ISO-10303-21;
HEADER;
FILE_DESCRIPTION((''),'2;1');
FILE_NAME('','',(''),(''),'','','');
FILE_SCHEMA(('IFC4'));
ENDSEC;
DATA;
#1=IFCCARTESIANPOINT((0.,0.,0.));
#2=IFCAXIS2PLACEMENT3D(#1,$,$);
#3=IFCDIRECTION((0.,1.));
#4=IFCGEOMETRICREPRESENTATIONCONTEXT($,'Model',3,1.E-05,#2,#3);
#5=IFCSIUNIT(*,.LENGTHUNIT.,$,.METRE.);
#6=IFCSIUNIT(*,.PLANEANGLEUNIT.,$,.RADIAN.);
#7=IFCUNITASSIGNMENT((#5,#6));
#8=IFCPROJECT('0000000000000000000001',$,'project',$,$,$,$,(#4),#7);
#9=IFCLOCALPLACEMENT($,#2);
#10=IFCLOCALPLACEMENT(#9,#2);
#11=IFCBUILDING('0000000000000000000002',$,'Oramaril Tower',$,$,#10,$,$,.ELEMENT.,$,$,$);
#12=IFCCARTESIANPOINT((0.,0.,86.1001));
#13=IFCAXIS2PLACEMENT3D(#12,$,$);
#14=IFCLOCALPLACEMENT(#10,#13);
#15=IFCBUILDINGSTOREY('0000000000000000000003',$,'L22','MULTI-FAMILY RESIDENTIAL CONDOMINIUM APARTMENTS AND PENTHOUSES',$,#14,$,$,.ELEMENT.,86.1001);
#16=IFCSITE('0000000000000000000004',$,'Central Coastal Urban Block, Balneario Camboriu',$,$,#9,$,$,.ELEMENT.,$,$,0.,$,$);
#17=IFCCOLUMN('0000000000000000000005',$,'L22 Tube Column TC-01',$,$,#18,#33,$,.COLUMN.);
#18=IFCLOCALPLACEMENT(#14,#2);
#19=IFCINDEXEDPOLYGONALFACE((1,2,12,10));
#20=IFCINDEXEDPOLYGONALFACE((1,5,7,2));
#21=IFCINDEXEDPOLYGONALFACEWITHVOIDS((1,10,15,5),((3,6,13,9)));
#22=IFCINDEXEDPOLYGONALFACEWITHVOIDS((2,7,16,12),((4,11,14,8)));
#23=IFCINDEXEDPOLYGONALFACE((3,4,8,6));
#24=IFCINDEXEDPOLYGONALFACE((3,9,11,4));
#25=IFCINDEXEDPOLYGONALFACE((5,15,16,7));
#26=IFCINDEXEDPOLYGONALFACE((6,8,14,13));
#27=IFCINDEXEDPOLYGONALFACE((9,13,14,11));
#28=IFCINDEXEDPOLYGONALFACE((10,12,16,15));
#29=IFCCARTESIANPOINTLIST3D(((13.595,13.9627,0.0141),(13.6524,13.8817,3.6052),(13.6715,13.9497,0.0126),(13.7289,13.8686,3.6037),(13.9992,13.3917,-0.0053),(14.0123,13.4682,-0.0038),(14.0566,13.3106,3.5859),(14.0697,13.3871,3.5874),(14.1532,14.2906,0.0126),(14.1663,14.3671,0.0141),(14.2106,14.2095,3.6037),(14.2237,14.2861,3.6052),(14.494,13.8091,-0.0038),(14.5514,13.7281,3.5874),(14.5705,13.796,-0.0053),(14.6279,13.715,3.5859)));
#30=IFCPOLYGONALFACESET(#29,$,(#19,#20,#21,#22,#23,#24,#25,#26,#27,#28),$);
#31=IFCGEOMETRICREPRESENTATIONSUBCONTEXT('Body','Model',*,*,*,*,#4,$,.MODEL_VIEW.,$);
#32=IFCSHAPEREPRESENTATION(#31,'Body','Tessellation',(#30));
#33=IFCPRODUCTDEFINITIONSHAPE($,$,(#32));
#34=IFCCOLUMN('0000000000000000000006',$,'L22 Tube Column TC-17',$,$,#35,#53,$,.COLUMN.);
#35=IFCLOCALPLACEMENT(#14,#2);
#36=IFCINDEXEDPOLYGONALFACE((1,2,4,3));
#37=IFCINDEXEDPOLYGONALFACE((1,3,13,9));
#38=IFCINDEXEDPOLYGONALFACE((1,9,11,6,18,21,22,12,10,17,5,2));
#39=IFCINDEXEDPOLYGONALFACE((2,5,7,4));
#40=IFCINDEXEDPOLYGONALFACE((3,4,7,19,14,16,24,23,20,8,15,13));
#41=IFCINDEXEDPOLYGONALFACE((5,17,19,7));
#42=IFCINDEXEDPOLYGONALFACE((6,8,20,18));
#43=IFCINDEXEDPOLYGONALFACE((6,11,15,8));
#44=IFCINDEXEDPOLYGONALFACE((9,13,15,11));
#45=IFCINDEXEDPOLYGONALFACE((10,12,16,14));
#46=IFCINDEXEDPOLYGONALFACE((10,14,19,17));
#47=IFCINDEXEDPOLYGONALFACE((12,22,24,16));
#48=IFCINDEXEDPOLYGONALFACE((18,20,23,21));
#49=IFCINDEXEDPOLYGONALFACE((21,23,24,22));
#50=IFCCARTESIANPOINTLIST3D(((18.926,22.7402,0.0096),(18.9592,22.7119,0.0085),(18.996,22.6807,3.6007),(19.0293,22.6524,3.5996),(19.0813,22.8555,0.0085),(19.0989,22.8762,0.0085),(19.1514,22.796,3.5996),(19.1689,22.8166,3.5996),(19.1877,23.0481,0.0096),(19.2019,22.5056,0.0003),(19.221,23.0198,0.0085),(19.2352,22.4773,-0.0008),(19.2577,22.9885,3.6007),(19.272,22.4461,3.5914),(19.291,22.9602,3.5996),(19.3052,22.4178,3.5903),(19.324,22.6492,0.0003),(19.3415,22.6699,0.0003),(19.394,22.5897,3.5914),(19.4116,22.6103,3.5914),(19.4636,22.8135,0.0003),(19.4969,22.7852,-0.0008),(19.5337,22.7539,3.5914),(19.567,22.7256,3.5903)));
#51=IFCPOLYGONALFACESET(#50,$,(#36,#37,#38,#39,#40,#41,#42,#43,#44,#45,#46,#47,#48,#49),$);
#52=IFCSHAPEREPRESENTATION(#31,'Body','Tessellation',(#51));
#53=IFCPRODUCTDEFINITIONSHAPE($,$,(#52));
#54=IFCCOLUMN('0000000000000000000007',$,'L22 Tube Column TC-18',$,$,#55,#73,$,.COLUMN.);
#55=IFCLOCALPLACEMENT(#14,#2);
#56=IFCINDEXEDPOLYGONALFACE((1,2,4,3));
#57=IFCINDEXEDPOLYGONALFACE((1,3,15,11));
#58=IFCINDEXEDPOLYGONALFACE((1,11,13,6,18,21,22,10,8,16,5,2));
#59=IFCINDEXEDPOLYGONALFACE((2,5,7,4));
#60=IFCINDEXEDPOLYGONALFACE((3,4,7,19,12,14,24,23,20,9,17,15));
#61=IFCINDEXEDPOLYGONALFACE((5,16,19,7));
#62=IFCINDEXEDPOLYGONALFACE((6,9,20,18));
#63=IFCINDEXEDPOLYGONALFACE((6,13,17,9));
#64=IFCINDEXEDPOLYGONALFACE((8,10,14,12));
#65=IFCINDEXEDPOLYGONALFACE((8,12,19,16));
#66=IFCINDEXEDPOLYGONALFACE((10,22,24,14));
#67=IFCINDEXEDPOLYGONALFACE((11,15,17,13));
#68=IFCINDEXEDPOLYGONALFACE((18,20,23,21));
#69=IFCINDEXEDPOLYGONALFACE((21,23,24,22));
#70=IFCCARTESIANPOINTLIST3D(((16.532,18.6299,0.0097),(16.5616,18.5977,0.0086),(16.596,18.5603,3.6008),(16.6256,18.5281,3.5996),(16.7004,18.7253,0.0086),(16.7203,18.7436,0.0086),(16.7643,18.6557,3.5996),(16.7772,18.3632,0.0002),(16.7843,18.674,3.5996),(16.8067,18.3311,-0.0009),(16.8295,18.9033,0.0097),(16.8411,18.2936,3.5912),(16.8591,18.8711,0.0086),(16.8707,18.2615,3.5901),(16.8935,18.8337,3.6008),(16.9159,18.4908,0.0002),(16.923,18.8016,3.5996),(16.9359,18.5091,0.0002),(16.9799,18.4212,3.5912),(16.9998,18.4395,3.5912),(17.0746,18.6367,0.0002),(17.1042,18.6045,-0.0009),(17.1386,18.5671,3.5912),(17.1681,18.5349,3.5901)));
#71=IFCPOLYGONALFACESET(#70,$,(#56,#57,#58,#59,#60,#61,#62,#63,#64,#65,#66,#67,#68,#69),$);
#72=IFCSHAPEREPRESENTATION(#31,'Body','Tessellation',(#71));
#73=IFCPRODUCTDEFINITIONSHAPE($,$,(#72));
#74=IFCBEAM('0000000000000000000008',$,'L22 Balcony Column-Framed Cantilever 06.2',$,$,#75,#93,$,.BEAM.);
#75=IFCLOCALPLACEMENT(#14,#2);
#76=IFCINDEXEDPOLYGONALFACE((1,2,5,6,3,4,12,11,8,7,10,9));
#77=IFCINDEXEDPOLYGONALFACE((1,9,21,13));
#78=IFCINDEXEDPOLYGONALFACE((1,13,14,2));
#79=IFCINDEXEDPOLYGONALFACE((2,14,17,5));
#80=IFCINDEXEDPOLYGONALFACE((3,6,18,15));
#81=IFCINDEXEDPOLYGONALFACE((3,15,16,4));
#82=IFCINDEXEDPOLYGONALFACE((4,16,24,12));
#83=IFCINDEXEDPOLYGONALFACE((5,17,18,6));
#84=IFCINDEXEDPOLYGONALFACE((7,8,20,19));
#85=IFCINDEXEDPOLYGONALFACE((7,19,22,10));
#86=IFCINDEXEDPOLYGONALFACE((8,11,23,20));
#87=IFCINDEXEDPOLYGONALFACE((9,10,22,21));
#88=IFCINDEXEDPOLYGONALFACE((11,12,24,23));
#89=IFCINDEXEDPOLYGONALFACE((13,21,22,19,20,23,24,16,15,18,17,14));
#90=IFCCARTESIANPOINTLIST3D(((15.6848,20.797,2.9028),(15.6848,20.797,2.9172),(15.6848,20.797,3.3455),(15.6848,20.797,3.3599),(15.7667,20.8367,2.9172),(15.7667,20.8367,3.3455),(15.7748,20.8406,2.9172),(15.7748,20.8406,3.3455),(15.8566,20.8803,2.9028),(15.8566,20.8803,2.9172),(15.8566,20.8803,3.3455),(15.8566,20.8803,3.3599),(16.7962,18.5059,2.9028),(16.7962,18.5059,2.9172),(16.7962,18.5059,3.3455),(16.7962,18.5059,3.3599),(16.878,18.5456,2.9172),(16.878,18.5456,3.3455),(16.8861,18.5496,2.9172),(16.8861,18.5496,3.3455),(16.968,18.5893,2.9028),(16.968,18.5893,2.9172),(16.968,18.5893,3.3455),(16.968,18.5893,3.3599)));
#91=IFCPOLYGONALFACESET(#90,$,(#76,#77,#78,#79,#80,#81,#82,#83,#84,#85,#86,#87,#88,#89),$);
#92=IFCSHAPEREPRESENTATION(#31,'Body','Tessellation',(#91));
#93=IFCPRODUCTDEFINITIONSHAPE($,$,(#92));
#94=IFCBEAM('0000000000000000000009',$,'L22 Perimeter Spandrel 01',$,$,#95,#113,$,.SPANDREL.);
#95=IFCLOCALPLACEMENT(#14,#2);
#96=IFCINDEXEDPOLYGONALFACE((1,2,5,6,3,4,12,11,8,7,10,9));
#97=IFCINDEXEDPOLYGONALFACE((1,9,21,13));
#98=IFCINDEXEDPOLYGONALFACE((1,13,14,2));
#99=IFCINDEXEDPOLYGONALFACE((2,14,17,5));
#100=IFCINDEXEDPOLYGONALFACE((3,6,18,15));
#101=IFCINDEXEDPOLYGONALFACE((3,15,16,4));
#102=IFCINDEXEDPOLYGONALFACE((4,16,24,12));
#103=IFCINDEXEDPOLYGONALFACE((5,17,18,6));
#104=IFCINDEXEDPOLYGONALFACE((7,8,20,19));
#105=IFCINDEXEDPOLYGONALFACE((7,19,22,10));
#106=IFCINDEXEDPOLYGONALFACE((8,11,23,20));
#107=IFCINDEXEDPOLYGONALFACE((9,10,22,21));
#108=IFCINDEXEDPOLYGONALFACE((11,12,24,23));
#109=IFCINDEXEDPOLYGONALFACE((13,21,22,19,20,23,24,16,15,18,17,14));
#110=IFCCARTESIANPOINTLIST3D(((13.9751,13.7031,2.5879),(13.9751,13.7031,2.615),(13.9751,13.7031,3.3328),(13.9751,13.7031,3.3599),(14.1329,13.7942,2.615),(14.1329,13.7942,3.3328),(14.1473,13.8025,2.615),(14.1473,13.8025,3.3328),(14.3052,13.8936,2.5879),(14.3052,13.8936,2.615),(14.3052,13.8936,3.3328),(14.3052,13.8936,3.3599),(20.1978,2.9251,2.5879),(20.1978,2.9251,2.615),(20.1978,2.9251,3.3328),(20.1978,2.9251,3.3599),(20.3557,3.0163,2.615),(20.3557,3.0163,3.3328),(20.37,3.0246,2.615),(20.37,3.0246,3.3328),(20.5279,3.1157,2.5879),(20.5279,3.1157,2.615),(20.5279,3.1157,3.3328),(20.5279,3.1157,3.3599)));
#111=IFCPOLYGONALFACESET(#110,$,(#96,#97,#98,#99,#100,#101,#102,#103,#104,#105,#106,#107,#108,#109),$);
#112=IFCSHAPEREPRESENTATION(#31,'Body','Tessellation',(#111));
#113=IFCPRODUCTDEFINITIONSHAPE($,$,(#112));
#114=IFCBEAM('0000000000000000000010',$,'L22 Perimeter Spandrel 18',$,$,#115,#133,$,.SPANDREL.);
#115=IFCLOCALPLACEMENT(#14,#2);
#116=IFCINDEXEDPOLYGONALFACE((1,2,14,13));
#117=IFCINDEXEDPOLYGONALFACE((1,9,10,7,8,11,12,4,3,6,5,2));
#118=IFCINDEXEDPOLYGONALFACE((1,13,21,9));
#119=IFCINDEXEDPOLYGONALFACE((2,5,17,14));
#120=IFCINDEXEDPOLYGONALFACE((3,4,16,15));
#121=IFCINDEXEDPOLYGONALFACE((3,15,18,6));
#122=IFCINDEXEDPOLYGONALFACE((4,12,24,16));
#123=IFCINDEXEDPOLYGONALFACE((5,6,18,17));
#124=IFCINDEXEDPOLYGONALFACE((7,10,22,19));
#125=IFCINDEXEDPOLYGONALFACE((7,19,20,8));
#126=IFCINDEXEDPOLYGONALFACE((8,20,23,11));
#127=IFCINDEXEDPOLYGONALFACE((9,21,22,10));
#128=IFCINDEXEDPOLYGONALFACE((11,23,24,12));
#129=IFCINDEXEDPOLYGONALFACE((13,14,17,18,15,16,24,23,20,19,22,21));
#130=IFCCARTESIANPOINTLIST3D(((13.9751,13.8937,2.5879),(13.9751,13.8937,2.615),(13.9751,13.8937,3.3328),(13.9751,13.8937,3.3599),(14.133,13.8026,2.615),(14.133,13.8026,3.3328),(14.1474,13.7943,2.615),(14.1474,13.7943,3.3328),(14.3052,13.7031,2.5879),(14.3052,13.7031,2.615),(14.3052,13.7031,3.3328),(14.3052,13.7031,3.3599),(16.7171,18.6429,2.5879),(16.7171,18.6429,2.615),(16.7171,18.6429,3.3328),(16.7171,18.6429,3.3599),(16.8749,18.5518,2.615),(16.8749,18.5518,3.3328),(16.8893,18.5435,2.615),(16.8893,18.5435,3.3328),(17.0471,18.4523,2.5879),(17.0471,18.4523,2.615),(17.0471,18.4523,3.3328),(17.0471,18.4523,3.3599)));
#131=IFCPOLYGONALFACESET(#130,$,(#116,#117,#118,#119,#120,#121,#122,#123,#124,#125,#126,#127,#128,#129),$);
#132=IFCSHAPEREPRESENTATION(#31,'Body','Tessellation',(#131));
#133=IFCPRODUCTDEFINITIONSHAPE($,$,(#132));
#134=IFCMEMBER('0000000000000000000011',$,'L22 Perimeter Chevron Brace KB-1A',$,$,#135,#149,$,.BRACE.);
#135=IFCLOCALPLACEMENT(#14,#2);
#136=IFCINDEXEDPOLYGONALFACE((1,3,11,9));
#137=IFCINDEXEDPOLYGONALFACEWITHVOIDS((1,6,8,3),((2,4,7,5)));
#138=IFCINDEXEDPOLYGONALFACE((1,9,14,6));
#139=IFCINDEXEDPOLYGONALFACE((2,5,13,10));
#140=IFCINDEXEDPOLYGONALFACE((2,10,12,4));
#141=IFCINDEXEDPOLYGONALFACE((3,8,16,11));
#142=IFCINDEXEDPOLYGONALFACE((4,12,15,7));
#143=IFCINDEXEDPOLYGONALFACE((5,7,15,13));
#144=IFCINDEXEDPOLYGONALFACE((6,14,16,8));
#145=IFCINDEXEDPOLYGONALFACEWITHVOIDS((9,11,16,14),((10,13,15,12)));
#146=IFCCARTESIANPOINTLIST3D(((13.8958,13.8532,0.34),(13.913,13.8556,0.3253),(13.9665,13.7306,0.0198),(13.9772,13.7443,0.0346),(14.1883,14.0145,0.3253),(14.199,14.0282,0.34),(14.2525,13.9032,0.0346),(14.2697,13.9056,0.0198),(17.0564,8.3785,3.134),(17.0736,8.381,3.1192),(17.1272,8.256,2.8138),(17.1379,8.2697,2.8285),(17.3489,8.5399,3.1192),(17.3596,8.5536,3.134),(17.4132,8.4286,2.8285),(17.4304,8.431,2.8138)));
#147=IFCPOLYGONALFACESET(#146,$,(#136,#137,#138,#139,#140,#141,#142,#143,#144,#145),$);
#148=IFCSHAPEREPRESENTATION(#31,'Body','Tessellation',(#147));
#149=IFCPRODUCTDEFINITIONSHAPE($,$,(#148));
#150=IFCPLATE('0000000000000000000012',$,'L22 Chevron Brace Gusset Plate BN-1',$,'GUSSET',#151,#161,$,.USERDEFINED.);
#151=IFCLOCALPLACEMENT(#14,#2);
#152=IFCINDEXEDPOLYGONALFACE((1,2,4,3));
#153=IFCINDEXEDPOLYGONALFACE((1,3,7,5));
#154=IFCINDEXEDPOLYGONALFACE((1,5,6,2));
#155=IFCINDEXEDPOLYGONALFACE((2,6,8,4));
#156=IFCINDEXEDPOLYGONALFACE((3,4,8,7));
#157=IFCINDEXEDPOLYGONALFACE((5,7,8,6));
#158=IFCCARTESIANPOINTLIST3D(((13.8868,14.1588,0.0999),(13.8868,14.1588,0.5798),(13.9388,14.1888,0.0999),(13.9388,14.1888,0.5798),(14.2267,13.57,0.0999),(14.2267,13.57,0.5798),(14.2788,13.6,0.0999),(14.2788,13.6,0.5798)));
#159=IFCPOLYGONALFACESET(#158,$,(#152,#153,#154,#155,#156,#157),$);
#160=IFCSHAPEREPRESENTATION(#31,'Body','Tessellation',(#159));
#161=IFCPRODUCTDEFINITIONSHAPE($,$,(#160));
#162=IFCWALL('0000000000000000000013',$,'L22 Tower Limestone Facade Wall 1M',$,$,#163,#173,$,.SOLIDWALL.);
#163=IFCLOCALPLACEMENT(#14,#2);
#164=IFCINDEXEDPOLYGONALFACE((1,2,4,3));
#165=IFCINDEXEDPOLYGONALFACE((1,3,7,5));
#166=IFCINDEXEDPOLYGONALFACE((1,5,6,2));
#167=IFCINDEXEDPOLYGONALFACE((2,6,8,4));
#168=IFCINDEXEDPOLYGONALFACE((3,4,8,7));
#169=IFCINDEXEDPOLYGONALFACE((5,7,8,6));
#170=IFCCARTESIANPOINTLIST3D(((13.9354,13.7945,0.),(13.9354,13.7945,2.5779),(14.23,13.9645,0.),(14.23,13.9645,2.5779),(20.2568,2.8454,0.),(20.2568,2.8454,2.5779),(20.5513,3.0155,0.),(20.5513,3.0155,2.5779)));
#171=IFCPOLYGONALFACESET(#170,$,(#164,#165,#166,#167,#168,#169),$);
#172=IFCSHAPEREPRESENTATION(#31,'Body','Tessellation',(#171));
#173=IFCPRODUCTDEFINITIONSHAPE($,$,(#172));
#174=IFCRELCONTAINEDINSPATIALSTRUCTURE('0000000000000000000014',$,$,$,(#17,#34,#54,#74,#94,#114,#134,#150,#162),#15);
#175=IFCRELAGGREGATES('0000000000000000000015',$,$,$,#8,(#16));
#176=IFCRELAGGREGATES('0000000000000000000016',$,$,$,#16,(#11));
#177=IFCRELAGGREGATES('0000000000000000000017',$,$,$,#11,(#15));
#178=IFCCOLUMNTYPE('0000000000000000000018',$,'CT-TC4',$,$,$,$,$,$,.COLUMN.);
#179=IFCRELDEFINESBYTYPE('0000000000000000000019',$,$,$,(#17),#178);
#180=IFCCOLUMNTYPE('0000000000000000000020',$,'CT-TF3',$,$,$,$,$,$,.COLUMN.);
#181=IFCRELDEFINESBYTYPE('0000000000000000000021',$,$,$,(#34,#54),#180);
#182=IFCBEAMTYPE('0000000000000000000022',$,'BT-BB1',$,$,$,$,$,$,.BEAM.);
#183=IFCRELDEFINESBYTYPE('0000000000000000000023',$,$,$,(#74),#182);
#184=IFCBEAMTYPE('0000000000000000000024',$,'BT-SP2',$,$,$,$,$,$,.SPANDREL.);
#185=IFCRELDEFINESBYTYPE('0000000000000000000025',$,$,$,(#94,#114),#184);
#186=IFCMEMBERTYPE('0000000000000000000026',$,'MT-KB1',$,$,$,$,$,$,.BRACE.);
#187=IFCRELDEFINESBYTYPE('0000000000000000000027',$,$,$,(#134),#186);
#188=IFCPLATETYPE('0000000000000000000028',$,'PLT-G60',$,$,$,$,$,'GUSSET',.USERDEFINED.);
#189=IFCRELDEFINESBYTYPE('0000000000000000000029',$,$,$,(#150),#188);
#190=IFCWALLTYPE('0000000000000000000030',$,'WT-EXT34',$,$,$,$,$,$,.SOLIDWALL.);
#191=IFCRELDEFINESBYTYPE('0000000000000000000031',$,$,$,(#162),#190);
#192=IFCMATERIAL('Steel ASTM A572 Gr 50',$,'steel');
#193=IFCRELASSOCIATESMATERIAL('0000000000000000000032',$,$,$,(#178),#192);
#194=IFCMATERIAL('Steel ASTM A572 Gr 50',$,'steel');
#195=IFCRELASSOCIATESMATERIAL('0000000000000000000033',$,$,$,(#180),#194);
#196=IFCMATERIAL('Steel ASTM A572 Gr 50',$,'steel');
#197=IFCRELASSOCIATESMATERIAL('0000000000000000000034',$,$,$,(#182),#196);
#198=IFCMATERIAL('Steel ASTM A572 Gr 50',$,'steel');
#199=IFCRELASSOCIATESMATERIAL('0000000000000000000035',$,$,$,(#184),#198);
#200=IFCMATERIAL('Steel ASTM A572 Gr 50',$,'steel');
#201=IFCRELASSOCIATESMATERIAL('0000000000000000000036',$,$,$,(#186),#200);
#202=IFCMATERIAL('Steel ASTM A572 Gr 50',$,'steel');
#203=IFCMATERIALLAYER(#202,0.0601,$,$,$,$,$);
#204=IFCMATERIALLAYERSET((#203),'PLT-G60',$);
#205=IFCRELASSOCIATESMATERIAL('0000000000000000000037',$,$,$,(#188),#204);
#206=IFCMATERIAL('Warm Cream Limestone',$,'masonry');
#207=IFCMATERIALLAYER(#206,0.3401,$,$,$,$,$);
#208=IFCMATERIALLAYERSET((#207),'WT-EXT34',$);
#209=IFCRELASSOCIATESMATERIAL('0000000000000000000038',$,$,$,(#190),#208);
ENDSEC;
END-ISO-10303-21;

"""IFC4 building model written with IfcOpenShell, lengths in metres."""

from ifc_helpers import new_model, si_unit, direction, frame, frame_2d, origin, origin_2d, place, context, subcontext, project, spatial, rectangle, hollow_rectangle, i_section, extrude, material, layer, layer_set, material_profile, profile_set, type_object, element, save


model = new_model("IFC4")

# Units and contexts
model_context = context("Model", 3, precision=1e-05, world=origin(), true_north=direction((0.0, 1.0)))
body_context = subcontext(model_context, "Body", "Model", "MODEL_VIEW")
ifc_project = project(units=[si_unit("LENGTHUNIT", "METRE"), si_unit("PLANEANGLEUNIT", "RADIAN")], contexts=[model_context])

# Site, building, storey
site_placement = place(None, origin())
site = spatial("IfcSite", under=ifc_project, at=site_placement, Name="Central Coastal Urban Block, Balneario Camboriu", CompositionType="ELEMENT", RefElevation=0.0)
building_placement = place(site_placement, origin())
building = spatial("IfcBuilding", under=site, at=building_placement, Name="Oramaril Tower", CompositionType="ELEMENT")
storey_placement = place(building_placement, frame((0.0, 0.0, 86.1001)))
storey = spatial("IfcBuildingStorey", under=building, at=storey_placement, Name="L22", Description="MULTI-FAMILY RESIDENTIAL CONDOMINIUM APARTMENTS AND PENTHOUSES", CompositionType="ELEMENT", Elevation=86.1001)

# Columns
ifc_material_1 = material(Name="Steel ASTM A572 Gr 50", Category="steel")
ifc_material_profile_1 = material_profile(ifc_material_1, hollow_rectangle(XDim=0.7, YDim=0.7, WallThickness=0.0549, at=origin_2d()), Name="BOX700X700X55")
ifc_profile_set_1 = profile_set([ifc_material_profile_1], Name="Steel ASTM A572 Gr 50")
column_type_1 = type_object("IfcColumnType", Name="CT-TC4", PredefinedType="COLUMN", material=ifc_profile_set_1)
column_placement = place(storey_placement, frame((14.0828, 13.8794, 0.0044), z_axis=(0.015971, -0.022563, 0.999618), x_axis=(0.816218, 0.577744, 0.0)))
element("IfcColumn", 1, at=column_placement, inside=storey, type_object=column_type_1, Name="L22 Tube Column TC-01", PredefinedType="COLUMN", context=body_context, shape_type="SweptSolid", body=[
    extrude(hollow_rectangle(XDim=0.7, YDim=0.7, WallThickness=0.0549, at=origin_2d()), origin(), (0.0, 0.0, 1.0), 3.5925),
])
ifc_material_2 = material(Name="Steel ASTM A572 Gr 50", Category="steel")
ifc_material_profile_2 = material_profile(ifc_material_2, i_section(OverallWidth=0.4041, OverallDepth=0.406, WebThickness=0.0271, FlangeThickness=0.0437, at=origin_2d()), Name="W14X233")
ifc_profile_set_2 = profile_set([ifc_material_profile_2], Name="Steel ASTM A572 Gr 50")
column_type_2 = type_object("IfcColumnType", Name="CT-TF3", PredefinedType="COLUMN", material=ifc_profile_set_2)
for number, where, z_axis, x_axis, name in (
    (2, (19.2114, 22.7627, 0.0044), (0.019505, -0.016583, 0.999672), (0.647725, 0.761874, 0.0), "L22 Tube Column TC-17"),
    (3, (16.8181, 18.6172, 0.0044), (0.017806, -0.019369, 0.999654), (0.736188, 0.676777, 0.0), "L22 Tube Column TC-18"),
):
    element("IfcColumn", number, at=place(storey_placement, frame(where, z_axis=z_axis, x_axis=x_axis)), inside=storey, type_object=column_type_2, Name=name, PredefinedType="COLUMN", context=body_context, shape_type="SweptSolid", body=[
        extrude(i_section(OverallWidth=0.4041, OverallDepth=0.406, WebThickness=0.0271, FlangeThickness=0.0437, at=origin_2d()), origin(), (0.0, 0.0, 1.0), 3.5923),
    ])

# Beams
ifc_material_3 = material(Name="Steel ASTM A572 Gr 50", Category="steel")
ifc_material_profile_3 = material_profile(ifc_material_3, i_section(OverallWidth=0.1909, OverallDepth=0.457, WebThickness=0.009, FlangeThickness=0.0144, at=origin_2d()), Name="W18X50")
ifc_profile_set_3 = profile_set([ifc_material_profile_3], Name="Steel ASTM A572 Gr 50")
beam_type_1 = type_object("IfcBeamType", Name="BT-BB1", PredefinedType="BEAM", material=ifc_profile_set_3)
beam_1_placement = place(storey_placement, frame((16.8821, 18.5476, 3.1313), z_axis=(-0.436443, 0.899732, 0.0), x_axis=(-0.899732, -0.436443, 0.0)))
element("IfcBeam", 4, at=beam_1_placement, inside=storey, type_object=beam_type_1, Name="L22 Balcony Column-Framed Cantilever 06.2", PredefinedType="BEAM", context=body_context, shape_type="SweptSolid", body=[
    extrude(i_section(OverallWidth=0.1909, OverallDepth=0.457, WebThickness=0.009, FlangeThickness=0.0144, at=origin_2d()), origin(), (0.0, 0.0, 1.0), 2.5464),
])
ifc_material_4 = material(Name="Steel ASTM A572 Gr 50", Category="steel")
ifc_material_profile_4 = material_profile(ifc_material_4, i_section(OverallWidth=0.3811, OverallDepth=0.772, WebThickness=0.0166, FlangeThickness=0.0271, at=origin_2d()), Name="W30X173")
ifc_profile_set_4 = profile_set([ifc_material_profile_4], Name="Steel ASTM A572 Gr 50")
beam_type_2 = type_object("IfcBeamType", Name="BT-SP2", PredefinedType="SPANDREL", material=ifc_profile_set_4)
beam_2_placement = place(storey_placement, frame((14.1401, 13.7983, 2.9739), z_axis=(0.500004, -0.866023, 0.0), x_axis=(0.866023, 0.500004, 0.0)))
element("IfcBeam", 5, at=beam_2_placement, inside=storey, type_object=beam_type_2, Name="L22 Perimeter Spandrel 01", PredefinedType="SPANDREL", context=body_context, shape_type="SweptSolid", body=[
    extrude(i_section(OverallWidth=0.3811, OverallDepth=0.772, WebThickness=0.0166, FlangeThickness=0.0271, at=origin_2d()), origin(), (0.0, 0.0, 1.0), 12.4453),
])
beam_3_placement = place(storey_placement, frame((16.8821, 18.5476, 2.9739), z_axis=(-0.499993, -0.866029, 0.0), x_axis=(0.866029, -0.499993, 0.0)))
element("IfcBeam", 6, at=beam_3_placement, inside=storey, type_object=beam_type_2, Name="L22 Perimeter Spandrel 18", PredefinedType="SPANDREL", context=body_context, shape_type="SweptSolid", body=[
    extrude(i_section(OverallWidth=0.3811, OverallDepth=0.772, WebThickness=0.0166, FlangeThickness=0.0271, at=origin_2d()), origin(), (0.0, 0.0, 1.0), 5.4839),
])

# Member
ifc_material_5 = material(Name="Steel ASTM A572 Gr 50", Category="steel")
ifc_material_profile_5 = material_profile(ifc_material_5, hollow_rectangle(XDim=0.3501, YDim=0.3501, WallThickness=0.0161, at=origin_2d()), Name="HSS350X350X16")
ifc_profile_set_5 = profile_set([ifc_material_profile_5], Name="Steel ASTM A572 Gr 50")
member_type = type_object("IfcMemberType", Name="MT-KB1", PredefinedType="BRACE", material=ifc_profile_set_5)
member_placement = place(storey_placement, frame((14.0828, 13.8794, 0.1799), z_axis=(0.45731, -0.792115, 0.404253), x_axis=(0.866034, 0.499985, 0.0)))
element("IfcMember", 7, at=member_placement, inside=storey, type_object=member_type, Name="L22 Perimeter Chevron Brace KB-1A", PredefinedType="BRACE", context=body_context, shape_type="SweptSolid", body=[
    extrude(hollow_rectangle(XDim=0.3501, YDim=0.3501, WallThickness=0.0161, at=origin_2d()), origin(), (0.0, 0.0, 1.0), 6.9114),
])

# Plate
ifc_material_6 = material(Name="Steel ASTM A572 Gr 50", Category="steel")
ifc_layer_1 = layer(ifc_material_6, 0.0601)
ifc_layer_set_1 = layer_set([ifc_layer_1], Name="PLT-G60")
plate_type = type_object("IfcPlateType", Name="PLT-G60", ElementType="GUSSET", PredefinedType="USERDEFINED", material=ifc_layer_set_1)
plate_placement = place(storey_placement, frame((14.0828, 13.8794, 0.0999), z_axis=(0.0, 0.0, 1.0), x_axis=(0.499997, -0.866027, 0.0)))
element("IfcPlate", 8, at=plate_placement, inside=storey, type_object=plate_type, Name="L22 Chevron Brace Gusset Plate BN-1", ObjectType="GUSSET", PredefinedType="USERDEFINED", context=body_context, shape_type="SweptSolid", body=[
    extrude(rectangle(XDim=0.6799, YDim=0.0601, at=origin_2d()), origin(), (0.0, 0.0, 1.0), 0.48),
])

# Wall
ifc_material_7 = material(Name="Warm Cream Limestone", Category="masonry")
ifc_layer_2 = layer(ifc_material_7, 0.3401)
ifc_layer_set_2 = layer_set([ifc_layer_2], Name="WT-EXT34")
wall_type_1 = type_object("IfcWallType", Name="WT-EXT34", PredefinedType="SOLIDWALL", material=ifc_layer_set_2)
wall_1_placement = place(storey_placement, frame((14.0828, 13.8794, 0.0), z_axis=(0.0, 0.0, 1.0), x_axis=(0.499994, -0.866029, 0.0)))
element("IfcWall", 9, at=wall_1_placement, inside=storey, type_object=wall_type_1, Name="L22 Tower Limestone Facade Wall 1M", PredefinedType="SOLIDWALL", context=body_context, shape_type="SweptSolid", body=[
    extrude(rectangle(XDim=12.6428, YDim=0.3401, at=frame_2d((6.3213, 0.0))), origin(), (0.0, 0.0, 1.0), 2.5779),
])

save(model, "model.ifc")
